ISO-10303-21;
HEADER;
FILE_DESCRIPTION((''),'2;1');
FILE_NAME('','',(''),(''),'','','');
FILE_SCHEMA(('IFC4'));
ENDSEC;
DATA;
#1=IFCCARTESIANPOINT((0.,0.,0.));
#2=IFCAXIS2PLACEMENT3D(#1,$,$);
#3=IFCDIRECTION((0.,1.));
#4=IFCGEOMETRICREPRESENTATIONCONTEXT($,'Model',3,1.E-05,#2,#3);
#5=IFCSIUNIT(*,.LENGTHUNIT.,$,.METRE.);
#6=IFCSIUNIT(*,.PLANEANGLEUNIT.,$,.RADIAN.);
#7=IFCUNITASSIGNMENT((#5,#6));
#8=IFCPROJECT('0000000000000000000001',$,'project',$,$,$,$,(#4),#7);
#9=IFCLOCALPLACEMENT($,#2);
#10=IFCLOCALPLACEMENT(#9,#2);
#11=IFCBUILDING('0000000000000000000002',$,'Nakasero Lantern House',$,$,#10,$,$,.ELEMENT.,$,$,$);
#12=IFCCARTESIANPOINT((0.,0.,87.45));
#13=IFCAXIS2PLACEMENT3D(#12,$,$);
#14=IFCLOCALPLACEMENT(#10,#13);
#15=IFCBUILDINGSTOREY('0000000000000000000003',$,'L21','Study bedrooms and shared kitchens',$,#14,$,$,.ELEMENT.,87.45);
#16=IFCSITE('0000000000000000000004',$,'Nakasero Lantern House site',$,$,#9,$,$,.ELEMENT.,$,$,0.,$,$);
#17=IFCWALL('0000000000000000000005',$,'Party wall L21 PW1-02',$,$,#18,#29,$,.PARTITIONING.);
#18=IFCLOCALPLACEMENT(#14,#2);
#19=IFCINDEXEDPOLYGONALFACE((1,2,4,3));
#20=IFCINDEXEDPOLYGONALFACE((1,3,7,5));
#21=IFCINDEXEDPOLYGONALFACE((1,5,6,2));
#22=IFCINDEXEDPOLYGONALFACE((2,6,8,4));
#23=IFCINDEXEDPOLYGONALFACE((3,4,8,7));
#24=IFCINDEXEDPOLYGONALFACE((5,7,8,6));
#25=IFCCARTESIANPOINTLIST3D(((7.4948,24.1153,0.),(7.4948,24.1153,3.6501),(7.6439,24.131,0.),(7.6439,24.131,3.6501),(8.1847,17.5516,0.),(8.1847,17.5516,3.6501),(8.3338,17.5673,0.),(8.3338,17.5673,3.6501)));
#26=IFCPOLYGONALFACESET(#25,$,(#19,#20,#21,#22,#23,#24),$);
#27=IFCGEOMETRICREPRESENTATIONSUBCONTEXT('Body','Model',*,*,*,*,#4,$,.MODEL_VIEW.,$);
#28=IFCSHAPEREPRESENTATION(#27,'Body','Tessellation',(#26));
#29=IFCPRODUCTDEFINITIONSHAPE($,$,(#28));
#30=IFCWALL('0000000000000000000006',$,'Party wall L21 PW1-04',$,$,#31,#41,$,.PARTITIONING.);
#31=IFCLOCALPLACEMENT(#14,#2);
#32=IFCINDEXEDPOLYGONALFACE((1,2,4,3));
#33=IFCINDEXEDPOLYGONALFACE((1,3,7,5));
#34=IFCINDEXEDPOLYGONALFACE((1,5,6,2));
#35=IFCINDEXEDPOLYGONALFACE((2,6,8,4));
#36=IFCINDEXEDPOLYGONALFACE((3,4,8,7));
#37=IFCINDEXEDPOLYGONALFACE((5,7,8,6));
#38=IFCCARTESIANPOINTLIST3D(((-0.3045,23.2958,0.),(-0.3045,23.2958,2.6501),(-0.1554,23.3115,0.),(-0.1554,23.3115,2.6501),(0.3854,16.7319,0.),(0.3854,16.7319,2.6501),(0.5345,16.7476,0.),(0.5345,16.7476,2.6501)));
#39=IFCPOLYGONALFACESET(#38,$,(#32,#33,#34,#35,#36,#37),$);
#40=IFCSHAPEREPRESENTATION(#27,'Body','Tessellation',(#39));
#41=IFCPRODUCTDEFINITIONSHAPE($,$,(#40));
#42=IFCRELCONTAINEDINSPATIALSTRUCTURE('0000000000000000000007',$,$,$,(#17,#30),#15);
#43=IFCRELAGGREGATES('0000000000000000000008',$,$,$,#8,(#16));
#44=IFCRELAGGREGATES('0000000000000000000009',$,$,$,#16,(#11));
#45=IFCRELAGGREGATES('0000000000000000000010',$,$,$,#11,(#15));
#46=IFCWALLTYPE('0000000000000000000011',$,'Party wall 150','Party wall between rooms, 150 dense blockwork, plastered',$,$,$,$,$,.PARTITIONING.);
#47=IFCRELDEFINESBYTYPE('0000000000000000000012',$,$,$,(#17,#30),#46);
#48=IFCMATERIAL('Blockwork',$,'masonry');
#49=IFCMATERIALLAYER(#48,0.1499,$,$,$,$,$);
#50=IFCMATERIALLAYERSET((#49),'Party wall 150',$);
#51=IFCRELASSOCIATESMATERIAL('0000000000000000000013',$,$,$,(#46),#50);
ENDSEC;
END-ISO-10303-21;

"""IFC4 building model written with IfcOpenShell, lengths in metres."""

from ifc_helpers import new_model, si_unit, direction, frame, frame_2d, origin, place, context, subcontext, project, spatial, rectangle, extrude, material, layer, layer_set, type_object, element, save


model = new_model("IFC4")

# Units and contexts
model_context = context("Model", 3, precision=1e-05, world=origin(), true_north=direction((0.0, 1.0)))
body_context = subcontext(model_context, "Body", "Model", "MODEL_VIEW")
ifc_project = project(units=[si_unit("LENGTHUNIT", "METRE"), si_unit("PLANEANGLEUNIT", "RADIAN")], contexts=[model_context])

# Site, building, storey
site_placement = place(None, origin())
site = spatial("IfcSite", under=ifc_project, at=site_placement, Name="Nakasero Lantern House site", CompositionType="ELEMENT", RefElevation=0.0)
building_placement = place(site_placement, origin())
building = spatial("IfcBuilding", under=site, at=building_placement, Name="Nakasero Lantern House", CompositionType="ELEMENT")
storey_placement = place(building_placement, frame((0.0, 0.0, 87.45)))
storey = spatial("IfcBuildingStorey", under=building, at=storey_placement, Name="L21", Description="Study bedrooms and shared kitchens", CompositionType="ELEMENT", Elevation=87.45)

# Walls
ifc_material_1 = material(Name="Blockwork", Category="masonry")
ifc_layer_1 = layer(ifc_material_1, 0.1499)
ifc_layer_set_1 = layer_set([ifc_layer_1], Name="Party wall 150")
wall_type_1 = type_object("IfcWallType", Name="Party wall 150", Description="Party wall between rooms, 150 dense blockwork, plastered", PredefinedType="PARTITIONING", material=ifc_layer_set_1)
wall_1_placement = place(storey_placement, frame((8.2593, 17.5596, 0.0), z_axis=(0.0, 0.0, 1.0), x_axis=(-0.104538, 0.994521, 0.0)))
element("IfcWall", 1, at=wall_1_placement, inside=storey, type_object=wall_type_1, Name="Party wall L21 PW1-02", PredefinedType="PARTITIONING", context=body_context, shape_type="SweptSolid", body=[
    extrude(rectangle(XDim=6.5999, YDim=0.1499, at=frame_2d((3.2998, 0.0))), origin(), (0.0, 0.0, 1.0), 3.6501),
])
wall_2_placement = place(storey_placement, frame((0.46, 16.7397, 0.0), z_axis=(0.0, 0.0, 1.0), x_axis=(-0.104535, 0.994521, 0.0)))
element("IfcWall", 2, at=wall_2_placement, inside=storey, type_object=wall_type_1, Name="Party wall L21 PW1-04", PredefinedType="PARTITIONING", context=body_context, shape_type="SweptSolid", body=[
    extrude(rectangle(XDim=6.6001, YDim=0.1499, at=frame_2d((3.3, 0.0))), origin(), (0.0, 0.0, 1.0), 2.6501),
])

save(model, "model.ifc")
